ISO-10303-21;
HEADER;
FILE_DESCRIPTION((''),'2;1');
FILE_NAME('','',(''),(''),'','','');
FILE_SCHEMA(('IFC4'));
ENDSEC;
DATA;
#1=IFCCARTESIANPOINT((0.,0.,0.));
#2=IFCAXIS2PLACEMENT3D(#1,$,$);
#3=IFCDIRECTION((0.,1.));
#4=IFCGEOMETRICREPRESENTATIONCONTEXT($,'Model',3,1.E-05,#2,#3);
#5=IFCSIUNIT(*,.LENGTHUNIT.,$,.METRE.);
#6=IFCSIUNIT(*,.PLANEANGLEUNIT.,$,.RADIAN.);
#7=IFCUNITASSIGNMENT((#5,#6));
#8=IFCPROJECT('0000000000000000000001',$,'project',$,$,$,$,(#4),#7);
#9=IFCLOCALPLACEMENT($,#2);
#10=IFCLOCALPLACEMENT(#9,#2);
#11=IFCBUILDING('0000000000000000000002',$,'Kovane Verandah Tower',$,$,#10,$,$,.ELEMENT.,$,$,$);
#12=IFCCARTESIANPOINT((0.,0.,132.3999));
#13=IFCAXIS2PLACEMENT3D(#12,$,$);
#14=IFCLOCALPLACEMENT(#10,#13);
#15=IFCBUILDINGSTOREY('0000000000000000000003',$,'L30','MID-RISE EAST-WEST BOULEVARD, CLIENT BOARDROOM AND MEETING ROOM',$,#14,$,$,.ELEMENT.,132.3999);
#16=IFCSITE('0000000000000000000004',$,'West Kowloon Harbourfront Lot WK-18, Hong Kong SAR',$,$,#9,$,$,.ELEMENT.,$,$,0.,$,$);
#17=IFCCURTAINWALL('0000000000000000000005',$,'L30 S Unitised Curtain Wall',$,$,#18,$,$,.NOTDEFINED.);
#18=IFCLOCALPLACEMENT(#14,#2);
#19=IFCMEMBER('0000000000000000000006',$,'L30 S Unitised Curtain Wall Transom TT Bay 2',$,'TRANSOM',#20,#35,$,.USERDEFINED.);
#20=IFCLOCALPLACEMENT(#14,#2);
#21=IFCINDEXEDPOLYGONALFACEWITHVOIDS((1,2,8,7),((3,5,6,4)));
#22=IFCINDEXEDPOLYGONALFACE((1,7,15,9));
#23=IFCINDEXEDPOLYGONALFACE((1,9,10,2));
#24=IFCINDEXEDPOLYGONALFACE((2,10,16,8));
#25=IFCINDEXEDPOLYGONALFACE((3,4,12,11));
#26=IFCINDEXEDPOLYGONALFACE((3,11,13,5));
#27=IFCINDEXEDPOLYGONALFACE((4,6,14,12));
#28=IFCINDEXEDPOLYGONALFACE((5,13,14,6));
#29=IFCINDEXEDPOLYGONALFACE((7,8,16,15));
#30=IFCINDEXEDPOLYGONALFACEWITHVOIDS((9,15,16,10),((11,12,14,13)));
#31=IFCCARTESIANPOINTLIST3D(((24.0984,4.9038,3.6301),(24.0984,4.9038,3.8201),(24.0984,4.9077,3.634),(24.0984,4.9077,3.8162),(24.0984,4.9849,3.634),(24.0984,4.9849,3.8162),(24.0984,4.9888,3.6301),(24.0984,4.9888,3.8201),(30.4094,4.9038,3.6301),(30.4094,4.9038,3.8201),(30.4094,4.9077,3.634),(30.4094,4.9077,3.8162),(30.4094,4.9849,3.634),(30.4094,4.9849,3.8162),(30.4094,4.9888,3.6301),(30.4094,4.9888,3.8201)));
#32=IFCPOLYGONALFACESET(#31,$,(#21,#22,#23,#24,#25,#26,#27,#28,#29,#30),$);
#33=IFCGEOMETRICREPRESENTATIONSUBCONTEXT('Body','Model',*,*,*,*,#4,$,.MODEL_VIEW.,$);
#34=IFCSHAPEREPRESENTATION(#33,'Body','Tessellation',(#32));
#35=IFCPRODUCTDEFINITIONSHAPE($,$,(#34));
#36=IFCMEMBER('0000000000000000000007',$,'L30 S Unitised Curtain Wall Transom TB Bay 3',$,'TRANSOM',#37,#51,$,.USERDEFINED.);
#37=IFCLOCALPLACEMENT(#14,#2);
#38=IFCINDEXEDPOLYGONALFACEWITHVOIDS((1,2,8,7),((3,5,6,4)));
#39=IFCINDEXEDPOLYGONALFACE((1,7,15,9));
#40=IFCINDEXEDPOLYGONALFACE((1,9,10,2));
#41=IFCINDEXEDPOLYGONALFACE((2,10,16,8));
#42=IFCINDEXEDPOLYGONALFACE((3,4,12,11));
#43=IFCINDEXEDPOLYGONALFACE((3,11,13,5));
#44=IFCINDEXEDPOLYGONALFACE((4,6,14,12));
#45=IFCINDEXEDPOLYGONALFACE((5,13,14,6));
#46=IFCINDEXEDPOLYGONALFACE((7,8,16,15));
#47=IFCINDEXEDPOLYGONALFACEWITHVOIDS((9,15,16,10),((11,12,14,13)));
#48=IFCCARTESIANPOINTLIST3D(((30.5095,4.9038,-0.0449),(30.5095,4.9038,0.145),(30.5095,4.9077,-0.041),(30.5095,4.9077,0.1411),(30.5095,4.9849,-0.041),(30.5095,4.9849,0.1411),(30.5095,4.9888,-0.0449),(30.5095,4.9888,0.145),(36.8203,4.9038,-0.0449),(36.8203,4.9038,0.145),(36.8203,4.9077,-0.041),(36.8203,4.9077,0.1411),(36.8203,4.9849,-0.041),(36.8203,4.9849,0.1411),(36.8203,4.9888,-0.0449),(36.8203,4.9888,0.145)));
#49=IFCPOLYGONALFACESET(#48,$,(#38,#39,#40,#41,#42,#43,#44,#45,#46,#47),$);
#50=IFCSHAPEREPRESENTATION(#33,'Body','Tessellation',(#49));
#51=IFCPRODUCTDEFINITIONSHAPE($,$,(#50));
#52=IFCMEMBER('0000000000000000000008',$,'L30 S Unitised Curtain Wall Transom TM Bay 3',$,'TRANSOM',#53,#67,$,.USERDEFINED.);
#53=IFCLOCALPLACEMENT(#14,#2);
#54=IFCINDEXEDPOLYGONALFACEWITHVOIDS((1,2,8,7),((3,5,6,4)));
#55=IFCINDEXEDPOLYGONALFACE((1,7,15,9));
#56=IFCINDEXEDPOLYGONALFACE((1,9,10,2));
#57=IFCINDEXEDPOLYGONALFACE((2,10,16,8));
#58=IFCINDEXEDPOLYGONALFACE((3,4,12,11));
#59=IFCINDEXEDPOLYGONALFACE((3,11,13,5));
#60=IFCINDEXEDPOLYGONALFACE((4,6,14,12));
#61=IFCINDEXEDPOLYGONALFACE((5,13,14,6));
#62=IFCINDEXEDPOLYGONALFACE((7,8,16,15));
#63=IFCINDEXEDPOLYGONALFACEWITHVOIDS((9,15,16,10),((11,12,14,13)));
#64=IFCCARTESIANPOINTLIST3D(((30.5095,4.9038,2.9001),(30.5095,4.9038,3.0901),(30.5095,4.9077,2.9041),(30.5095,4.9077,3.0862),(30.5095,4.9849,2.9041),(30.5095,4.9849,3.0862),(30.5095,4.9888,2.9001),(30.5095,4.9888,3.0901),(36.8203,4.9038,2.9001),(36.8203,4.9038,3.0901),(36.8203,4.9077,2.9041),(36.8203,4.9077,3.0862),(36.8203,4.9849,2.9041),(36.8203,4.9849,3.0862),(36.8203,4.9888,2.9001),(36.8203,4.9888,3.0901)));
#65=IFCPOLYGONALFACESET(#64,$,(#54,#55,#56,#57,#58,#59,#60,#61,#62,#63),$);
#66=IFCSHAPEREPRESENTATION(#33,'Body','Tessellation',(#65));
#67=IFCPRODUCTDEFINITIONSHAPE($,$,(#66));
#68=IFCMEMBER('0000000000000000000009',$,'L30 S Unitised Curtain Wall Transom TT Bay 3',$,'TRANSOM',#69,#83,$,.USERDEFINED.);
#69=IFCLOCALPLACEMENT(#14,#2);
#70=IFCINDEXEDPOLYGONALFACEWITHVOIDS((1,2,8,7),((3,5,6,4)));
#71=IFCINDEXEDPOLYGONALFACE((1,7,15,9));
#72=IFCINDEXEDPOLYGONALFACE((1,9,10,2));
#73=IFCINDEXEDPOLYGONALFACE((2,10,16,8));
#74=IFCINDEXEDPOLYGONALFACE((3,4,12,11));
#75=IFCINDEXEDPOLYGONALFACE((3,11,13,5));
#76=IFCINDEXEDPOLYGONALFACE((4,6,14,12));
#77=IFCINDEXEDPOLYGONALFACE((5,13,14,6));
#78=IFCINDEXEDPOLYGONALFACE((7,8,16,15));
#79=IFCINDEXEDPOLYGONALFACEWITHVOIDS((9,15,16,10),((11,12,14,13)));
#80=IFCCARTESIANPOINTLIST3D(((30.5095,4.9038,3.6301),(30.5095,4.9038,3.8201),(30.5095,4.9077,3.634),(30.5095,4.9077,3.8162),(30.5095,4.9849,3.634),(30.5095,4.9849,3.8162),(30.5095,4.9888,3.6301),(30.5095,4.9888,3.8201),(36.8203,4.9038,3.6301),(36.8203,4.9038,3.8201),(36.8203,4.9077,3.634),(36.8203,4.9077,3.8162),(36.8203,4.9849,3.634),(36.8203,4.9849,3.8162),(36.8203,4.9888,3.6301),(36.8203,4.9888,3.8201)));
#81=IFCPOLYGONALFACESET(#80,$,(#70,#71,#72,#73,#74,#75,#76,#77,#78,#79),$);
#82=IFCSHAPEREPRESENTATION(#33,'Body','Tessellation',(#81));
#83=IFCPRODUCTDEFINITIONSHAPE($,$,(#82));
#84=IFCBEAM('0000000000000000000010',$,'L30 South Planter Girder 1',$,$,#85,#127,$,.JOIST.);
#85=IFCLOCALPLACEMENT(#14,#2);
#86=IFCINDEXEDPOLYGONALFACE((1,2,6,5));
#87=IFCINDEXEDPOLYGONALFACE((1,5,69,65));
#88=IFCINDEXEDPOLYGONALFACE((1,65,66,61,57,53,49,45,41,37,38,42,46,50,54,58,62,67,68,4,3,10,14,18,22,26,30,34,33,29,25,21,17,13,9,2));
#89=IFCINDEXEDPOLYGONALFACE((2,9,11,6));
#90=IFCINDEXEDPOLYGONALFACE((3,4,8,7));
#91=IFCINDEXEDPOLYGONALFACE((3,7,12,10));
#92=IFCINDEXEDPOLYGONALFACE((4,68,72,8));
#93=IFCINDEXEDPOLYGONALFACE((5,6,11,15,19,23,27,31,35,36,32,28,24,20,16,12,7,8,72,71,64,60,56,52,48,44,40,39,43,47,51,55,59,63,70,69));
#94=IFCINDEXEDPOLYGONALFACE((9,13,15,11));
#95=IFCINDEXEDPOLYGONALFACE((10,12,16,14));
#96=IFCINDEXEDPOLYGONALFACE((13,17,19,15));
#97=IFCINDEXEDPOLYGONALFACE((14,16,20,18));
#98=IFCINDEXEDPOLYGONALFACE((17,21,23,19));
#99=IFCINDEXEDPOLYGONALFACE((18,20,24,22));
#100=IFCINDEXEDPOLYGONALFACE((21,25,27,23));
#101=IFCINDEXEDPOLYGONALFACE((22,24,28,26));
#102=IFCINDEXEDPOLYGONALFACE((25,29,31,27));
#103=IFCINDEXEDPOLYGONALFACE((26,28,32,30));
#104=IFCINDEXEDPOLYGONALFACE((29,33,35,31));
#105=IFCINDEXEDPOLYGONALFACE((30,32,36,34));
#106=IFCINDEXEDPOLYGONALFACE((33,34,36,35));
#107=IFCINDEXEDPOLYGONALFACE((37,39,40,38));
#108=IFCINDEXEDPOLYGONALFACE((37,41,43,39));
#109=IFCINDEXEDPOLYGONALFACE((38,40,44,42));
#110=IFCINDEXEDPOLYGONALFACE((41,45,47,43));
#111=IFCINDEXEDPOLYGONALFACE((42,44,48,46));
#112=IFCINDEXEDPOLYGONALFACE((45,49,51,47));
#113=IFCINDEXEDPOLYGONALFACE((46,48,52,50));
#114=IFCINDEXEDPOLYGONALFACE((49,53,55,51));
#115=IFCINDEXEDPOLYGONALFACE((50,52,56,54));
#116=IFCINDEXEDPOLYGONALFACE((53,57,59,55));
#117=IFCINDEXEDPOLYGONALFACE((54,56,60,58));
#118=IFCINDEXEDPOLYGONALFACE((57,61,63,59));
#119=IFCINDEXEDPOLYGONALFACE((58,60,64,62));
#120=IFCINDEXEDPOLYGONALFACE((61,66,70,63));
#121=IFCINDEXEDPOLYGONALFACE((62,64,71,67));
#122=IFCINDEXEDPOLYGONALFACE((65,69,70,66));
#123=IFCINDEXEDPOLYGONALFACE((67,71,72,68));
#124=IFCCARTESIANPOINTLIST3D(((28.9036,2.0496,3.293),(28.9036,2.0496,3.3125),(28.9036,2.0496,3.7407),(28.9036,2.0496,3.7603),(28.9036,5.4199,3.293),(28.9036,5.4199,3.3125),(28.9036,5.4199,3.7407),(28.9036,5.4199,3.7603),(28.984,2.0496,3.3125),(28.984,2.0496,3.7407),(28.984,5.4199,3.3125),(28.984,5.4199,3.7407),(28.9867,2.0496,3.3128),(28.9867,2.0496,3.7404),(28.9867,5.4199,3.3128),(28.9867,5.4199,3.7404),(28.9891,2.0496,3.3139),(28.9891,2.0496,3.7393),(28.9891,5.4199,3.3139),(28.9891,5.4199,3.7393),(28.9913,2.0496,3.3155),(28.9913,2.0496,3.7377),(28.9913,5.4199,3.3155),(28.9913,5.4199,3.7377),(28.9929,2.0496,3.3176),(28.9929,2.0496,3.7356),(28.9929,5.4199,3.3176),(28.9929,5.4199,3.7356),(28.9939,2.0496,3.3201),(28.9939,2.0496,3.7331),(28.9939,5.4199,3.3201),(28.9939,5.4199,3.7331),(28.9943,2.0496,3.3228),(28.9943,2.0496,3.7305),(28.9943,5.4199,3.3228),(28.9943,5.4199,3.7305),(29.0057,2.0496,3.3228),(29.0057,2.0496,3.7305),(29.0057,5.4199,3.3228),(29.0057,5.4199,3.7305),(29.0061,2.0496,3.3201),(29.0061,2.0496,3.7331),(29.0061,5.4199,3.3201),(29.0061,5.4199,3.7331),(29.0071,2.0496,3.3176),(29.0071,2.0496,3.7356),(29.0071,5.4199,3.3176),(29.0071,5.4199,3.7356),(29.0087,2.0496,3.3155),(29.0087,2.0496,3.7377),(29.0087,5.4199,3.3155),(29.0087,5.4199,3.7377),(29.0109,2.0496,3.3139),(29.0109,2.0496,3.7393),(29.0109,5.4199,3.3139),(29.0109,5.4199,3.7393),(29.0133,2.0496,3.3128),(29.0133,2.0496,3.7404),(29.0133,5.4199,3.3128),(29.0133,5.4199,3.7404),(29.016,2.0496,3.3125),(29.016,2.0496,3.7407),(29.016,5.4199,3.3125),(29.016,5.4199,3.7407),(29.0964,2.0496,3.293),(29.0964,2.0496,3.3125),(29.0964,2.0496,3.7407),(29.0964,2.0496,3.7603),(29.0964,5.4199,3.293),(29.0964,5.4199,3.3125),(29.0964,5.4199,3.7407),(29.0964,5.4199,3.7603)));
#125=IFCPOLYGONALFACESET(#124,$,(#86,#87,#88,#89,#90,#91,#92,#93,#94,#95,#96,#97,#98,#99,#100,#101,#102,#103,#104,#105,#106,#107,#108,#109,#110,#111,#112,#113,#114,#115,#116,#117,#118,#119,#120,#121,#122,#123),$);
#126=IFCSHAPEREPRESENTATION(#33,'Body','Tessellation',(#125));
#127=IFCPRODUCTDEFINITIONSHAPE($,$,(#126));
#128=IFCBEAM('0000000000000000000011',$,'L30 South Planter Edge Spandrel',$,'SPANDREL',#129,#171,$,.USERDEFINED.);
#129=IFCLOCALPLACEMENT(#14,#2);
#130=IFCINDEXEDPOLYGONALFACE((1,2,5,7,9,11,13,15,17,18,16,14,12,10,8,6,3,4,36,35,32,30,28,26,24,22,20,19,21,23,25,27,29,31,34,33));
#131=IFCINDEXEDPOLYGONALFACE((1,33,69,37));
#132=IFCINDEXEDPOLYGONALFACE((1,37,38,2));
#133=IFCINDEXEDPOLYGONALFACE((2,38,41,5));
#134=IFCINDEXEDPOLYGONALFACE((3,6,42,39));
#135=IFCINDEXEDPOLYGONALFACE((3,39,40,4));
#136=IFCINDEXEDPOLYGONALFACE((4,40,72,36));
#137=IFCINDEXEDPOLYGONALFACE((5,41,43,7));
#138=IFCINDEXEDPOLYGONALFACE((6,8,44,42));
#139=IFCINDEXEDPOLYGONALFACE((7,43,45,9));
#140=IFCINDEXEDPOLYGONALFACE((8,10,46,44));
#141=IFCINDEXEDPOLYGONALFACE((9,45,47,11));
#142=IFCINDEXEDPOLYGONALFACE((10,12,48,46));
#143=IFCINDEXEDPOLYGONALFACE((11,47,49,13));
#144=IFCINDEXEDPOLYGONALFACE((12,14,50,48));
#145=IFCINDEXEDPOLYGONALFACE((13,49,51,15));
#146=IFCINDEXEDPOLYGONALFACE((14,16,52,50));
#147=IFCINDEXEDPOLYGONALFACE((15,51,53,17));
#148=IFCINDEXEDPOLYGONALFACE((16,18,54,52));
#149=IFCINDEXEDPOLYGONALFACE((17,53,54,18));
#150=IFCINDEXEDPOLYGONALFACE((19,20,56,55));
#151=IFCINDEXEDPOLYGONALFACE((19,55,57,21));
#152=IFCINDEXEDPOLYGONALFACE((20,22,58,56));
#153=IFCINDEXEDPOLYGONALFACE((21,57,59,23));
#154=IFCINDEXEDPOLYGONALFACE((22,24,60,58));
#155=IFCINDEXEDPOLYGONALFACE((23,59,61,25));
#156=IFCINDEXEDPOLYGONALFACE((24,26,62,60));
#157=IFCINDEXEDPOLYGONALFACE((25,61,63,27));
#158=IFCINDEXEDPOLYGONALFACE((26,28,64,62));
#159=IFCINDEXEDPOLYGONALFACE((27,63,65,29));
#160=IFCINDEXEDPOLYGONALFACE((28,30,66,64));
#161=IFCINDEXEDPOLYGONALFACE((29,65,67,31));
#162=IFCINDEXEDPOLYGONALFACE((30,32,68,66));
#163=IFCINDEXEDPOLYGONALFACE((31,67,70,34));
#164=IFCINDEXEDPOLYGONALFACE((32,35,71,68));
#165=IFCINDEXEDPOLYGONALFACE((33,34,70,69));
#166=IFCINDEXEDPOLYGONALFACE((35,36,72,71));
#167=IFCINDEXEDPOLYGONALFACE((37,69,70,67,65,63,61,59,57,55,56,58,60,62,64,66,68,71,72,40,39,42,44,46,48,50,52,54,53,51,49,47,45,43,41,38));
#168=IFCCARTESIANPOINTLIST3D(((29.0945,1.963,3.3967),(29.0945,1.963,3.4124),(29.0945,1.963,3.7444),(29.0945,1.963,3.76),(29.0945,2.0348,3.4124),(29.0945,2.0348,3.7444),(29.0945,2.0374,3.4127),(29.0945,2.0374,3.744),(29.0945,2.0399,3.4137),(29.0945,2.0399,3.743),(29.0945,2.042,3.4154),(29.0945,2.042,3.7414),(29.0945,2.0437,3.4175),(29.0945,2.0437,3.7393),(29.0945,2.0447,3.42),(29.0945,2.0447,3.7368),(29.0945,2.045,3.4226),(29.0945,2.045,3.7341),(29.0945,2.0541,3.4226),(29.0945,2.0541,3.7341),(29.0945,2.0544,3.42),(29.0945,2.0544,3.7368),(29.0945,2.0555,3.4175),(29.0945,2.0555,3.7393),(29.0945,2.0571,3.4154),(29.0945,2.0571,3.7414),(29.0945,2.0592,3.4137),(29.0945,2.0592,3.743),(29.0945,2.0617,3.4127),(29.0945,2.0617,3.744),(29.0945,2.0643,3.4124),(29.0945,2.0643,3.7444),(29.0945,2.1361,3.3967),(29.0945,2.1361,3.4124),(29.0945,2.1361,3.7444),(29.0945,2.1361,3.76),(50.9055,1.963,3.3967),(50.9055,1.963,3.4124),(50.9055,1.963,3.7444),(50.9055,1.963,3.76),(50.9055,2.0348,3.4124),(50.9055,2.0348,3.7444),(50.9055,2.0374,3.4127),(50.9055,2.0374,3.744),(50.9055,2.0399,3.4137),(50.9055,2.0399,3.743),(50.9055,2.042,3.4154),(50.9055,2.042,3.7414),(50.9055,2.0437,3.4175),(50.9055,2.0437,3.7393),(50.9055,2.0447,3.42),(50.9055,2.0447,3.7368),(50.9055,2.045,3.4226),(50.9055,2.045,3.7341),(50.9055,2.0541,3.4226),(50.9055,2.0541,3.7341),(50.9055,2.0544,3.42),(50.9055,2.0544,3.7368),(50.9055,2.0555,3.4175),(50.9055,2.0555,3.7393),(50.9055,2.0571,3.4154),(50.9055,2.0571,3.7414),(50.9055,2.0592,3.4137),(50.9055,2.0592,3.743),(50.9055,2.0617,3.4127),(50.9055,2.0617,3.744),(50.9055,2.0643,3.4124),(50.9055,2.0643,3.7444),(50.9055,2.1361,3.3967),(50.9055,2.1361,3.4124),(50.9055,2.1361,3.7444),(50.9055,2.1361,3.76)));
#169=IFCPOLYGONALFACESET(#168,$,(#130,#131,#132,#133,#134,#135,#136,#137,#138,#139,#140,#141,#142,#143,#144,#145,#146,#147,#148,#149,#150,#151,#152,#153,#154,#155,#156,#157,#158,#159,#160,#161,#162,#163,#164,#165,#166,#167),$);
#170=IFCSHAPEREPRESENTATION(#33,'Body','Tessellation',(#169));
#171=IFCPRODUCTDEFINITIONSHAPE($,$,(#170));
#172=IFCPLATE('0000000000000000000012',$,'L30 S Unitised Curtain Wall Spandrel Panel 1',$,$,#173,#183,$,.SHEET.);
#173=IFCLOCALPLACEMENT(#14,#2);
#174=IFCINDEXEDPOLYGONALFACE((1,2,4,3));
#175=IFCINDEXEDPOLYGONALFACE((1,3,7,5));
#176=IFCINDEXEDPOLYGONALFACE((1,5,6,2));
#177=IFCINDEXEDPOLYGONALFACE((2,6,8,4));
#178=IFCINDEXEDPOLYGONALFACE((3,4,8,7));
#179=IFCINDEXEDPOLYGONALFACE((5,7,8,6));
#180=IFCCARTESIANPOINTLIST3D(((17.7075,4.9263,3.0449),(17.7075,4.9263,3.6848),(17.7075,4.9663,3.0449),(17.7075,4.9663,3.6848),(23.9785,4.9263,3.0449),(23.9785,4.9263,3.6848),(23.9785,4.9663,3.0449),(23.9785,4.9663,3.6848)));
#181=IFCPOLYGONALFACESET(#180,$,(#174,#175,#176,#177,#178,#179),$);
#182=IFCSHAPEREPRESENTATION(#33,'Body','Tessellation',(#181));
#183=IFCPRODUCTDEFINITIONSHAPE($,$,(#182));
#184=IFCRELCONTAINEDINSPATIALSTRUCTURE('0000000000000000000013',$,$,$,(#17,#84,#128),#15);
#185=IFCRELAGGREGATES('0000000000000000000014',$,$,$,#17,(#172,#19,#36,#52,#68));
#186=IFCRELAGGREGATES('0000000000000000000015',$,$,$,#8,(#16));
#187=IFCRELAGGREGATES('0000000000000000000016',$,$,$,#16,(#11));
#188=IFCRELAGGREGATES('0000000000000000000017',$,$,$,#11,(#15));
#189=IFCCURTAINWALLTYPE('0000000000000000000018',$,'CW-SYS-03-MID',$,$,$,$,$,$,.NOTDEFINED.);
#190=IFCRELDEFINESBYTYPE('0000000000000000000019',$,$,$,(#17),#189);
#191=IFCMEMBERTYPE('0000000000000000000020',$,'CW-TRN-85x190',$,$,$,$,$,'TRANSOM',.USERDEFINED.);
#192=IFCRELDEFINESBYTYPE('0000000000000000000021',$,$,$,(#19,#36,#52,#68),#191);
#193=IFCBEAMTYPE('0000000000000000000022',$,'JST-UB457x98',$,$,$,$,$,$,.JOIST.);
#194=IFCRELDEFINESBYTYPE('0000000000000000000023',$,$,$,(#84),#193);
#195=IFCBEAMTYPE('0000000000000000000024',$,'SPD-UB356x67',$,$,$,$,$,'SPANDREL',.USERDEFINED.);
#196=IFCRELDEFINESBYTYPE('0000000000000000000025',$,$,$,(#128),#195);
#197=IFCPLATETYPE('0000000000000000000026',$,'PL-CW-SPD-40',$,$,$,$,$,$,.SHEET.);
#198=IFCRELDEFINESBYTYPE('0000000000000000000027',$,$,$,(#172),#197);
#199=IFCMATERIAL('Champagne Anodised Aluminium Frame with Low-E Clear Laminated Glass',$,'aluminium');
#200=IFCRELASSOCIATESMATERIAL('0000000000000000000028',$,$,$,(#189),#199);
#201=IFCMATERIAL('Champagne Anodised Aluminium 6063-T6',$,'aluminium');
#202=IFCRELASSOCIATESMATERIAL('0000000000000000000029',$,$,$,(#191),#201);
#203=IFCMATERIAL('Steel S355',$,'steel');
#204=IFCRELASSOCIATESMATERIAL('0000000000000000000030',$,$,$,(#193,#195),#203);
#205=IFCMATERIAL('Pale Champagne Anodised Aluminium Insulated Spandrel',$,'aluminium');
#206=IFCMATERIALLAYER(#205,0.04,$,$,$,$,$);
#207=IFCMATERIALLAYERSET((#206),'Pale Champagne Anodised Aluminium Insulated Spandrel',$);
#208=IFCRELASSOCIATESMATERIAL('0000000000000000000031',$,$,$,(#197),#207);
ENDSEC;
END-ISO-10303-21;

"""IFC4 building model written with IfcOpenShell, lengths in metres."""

from ifc_helpers import new_model, si_unit, direction, frame, origin, origin_2d, place, context, subcontext, project, spatial, rectangle, hollow_rectangle, i_section, extrude, material, layer, layer_set, material_profile, profile_set, type_object, element, aggregate, save


model = new_model("IFC4")

# Units and contexts
model_context = context("Model", 3, precision=1e-05, world=origin(), true_north=direction((0.0, 1.0)))
body_context = subcontext(model_context, "Body", "Model", "MODEL_VIEW")
ifc_project = project(units=[si_unit("LENGTHUNIT", "METRE"), si_unit("PLANEANGLEUNIT", "RADIAN")], contexts=[model_context])

# Site, building, storey
site_placement = place(None, origin())
site = spatial("IfcSite", under=ifc_project, at=site_placement, Name="West Kowloon Harbourfront Lot WK-18, Hong Kong SAR", CompositionType="ELEMENT", RefElevation=0.0)
building_placement = place(site_placement, origin())
building = spatial("IfcBuilding", under=site, at=building_placement, Name="Kovane Verandah Tower", CompositionType="ELEMENT")
storey_placement = place(building_placement, frame((0.0, 0.0, 132.3999)))
storey = spatial("IfcBuildingStorey", under=building, at=storey_placement, Name="L30", Description="MID-RISE EAST-WEST BOULEVARD, CLIENT BOARDROOM AND MEETING ROOM", CompositionType="ELEMENT", Elevation=132.3999)

# Curtain wall, members
ifc_material_1 = material(Name="Champagne Anodised Aluminium Frame with Low-E Clear Laminated Glass", Category="aluminium")
curtain_wall_type = type_object("IfcCurtainWallType", Name="CW-SYS-03-MID", PredefinedType="NOTDEFINED", material=ifc_material_1)
curtain_wall_placement = place(storey_placement, origin())
curtain_wall = element("IfcCurtainWall", 1, at=curtain_wall_placement, inside=storey, type_object=curtain_wall_type, Name="L30 S Unitised Curtain Wall", PredefinedType="NOTDEFINED")
ifc_material_2 = material(Name="Champagne Anodised Aluminium 6063-T6", Category="aluminium")
ifc_material_profile_1 = material_profile(ifc_material_2, hollow_rectangle(XDim=0.085, YDim=0.1899, WallThickness=0.0039, at=origin_2d()), Name="AL85x190x4")
ifc_profile_set_1 = profile_set([ifc_material_profile_1], Name="Champagne Anodised Aluminium 6063-T6")
member_type_1 = type_object("IfcMemberType", Name="CW-TRN-85x190", ElementType="TRANSOM", PredefinedType="USERDEFINED", material=ifc_profile_set_1)
member_1_placement = place(storey_placement, frame((24.0984, 4.9463, 3.7251), z_axis=(1.0, 0.0, 0.0), x_axis=(0.0, 1.0, 0.0)))
member_1 = element("IfcMember", 2, at=member_1_placement, type_object=member_type_1, Name="L30 S Unitised Curtain Wall Transom TT Bay 2", ObjectType="TRANSOM", PredefinedType="USERDEFINED", context=body_context, shape_type="SweptSolid", body=[
    extrude(hollow_rectangle(XDim=0.085, YDim=0.1899, WallThickness=0.0039, at=origin_2d()), origin(), (0.0, 0.0, 1.0), 6.311),
])
member_2_placement = place(storey_placement, frame((30.5095, 4.9463, 0.05), z_axis=(1.0, 0.0, 0.0), x_axis=(0.0, 1.0, 0.0)))
member_2 = element("IfcMember", 3, at=member_2_placement, type_object=member_type_1, Name="L30 S Unitised Curtain Wall Transom TB Bay 3", ObjectType="TRANSOM", PredefinedType="USERDEFINED", context=body_context, shape_type="SweptSolid", body=[
    extrude(hollow_rectangle(XDim=0.085, YDim=0.1899, WallThickness=0.0039, at=origin_2d()), origin(), (0.0, 0.0, 1.0), 6.3108),
])
member_3_placement = place(storey_placement, frame((30.5095, 4.9463, 2.9951), z_axis=(1.0, 0.0, 0.0), x_axis=(0.0, 1.0, 0.0)))
member_3 = element("IfcMember", 4, at=member_3_placement, type_object=member_type_1, Name="L30 S Unitised Curtain Wall Transom TM Bay 3", ObjectType="TRANSOM", PredefinedType="USERDEFINED", context=body_context, shape_type="SweptSolid", body=[
    extrude(hollow_rectangle(XDim=0.085, YDim=0.1899, WallThickness=0.0039, at=origin_2d()), origin(), (0.0, 0.0, 1.0), 6.3108),
])
member_4_placement = place(storey_placement, frame((30.5095, 4.9463, 3.7251), z_axis=(1.0, 0.0, 0.0), x_axis=(0.0, 1.0, 0.0)))
member_4 = element("IfcMember", 5, at=member_4_placement, type_object=member_type_1, Name="L30 S Unitised Curtain Wall Transom TT Bay 3", ObjectType="TRANSOM", PredefinedType="USERDEFINED", context=body_context, shape_type="SweptSolid", body=[
    extrude(hollow_rectangle(XDim=0.085, YDim=0.1899, WallThickness=0.0039, at=origin_2d()), origin(), (0.0, 0.0, 1.0), 6.3108),
])

# Beams
ifc_material_3 = material(Name="Steel S355", Category="steel")
ifc_material_profile_2 = material_profile(ifc_material_3, i_section(OverallWidth=0.1929, OverallDepth=0.4673, WebThickness=0.0115, FlangeThickness=0.0195, FilletRadius=0.0103, at=origin_2d()), Name="UB457x191x98")
ifc_profile_set_2 = profile_set([ifc_material_profile_2], Name="Steel S355")
beam_type_1 = type_object("IfcBeamType", Name="JST-UB457x98", PredefinedType="JOIST", material=ifc_profile_set_2)
beam_1_placement = place(storey_placement, frame((29.0, 5.4199, 3.5266), z_axis=(0.0, -1.0, 0.0), x_axis=(1.0, 0.0, 0.0)))
element("IfcBeam", 6, at=beam_1_placement, inside=storey, type_object=beam_type_1, Name="L30 South Planter Girder 1", PredefinedType="JOIST", context=body_context, shape_type="SweptSolid", body=[
    extrude(i_section(OverallWidth=0.1929, OverallDepth=0.4673, WebThickness=0.0115, FlangeThickness=0.0195, FilletRadius=0.0103, at=origin_2d()), origin(), (0.0, 0.0, 1.0), 3.3704),
])
ifc_material_profile_3 = material_profile(ifc_material_3, i_section(OverallWidth=0.1731, OverallDepth=0.3633, WebThickness=0.009, FlangeThickness=0.0156, FilletRadius=0.0103, at=origin_2d()), Name="UB356x171x67")
ifc_profile_set_3 = profile_set([ifc_material_profile_3], Name="Steel S355")
beam_type_2 = type_object("IfcBeamType", Name="SPD-UB356x67", ElementType="SPANDREL", PredefinedType="USERDEFINED", material=ifc_profile_set_3)
beam_2_placement = place(storey_placement, frame((29.0945, 2.0496, 3.5784), z_axis=(1.0, 0.0, 0.0), x_axis=(0.0, 1.0, 0.0)))
element("IfcBeam", 7, at=beam_2_placement, inside=storey, type_object=beam_type_2, Name="L30 South Planter Edge Spandrel", ObjectType="SPANDREL", PredefinedType="USERDEFINED", context=body_context, shape_type="SweptSolid", body=[
    extrude(i_section(OverallWidth=0.1731, OverallDepth=0.3633, WebThickness=0.009, FlangeThickness=0.0156, FilletRadius=0.0103, at=origin_2d()), origin(), (0.0, 0.0, 1.0), 21.811),
])

# Plate
ifc_material_4 = material(Name="Pale Champagne Anodised Aluminium Insulated Spandrel", Category="aluminium")
ifc_layer_1 = layer(ifc_material_4, 0.04)
ifc_layer_set_1 = layer_set([ifc_layer_1], Name="Pale Champagne Anodised Aluminium Insulated Spandrel")
plate_type_1 = type_object("IfcPlateType", Name="PL-CW-SPD-40", PredefinedType="SHEET", material=ifc_layer_set_1)
plate_1_placement = place(storey_placement, frame((20.843, 4.9463, 3.0449), z_axis=(0.0, 0.0, 1.0), x_axis=(1.0, 0.0, 0.0)))
plate_1 = element("IfcPlate", 8, at=plate_1_placement, type_object=plate_type_1, Name="L30 S Unitised Curtain Wall Spandrel Panel 1", PredefinedType="SHEET", context=body_context, shape_type="SweptSolid", body=[
    extrude(rectangle(XDim=6.271, YDim=0.04, at=origin_2d()), origin(), (0.0, 0.0, 1.0), 0.6399),
])
aggregate(curtain_wall, [plate_1, member_1, member_2, member_3, member_4])

save(model, "model.ifc")
